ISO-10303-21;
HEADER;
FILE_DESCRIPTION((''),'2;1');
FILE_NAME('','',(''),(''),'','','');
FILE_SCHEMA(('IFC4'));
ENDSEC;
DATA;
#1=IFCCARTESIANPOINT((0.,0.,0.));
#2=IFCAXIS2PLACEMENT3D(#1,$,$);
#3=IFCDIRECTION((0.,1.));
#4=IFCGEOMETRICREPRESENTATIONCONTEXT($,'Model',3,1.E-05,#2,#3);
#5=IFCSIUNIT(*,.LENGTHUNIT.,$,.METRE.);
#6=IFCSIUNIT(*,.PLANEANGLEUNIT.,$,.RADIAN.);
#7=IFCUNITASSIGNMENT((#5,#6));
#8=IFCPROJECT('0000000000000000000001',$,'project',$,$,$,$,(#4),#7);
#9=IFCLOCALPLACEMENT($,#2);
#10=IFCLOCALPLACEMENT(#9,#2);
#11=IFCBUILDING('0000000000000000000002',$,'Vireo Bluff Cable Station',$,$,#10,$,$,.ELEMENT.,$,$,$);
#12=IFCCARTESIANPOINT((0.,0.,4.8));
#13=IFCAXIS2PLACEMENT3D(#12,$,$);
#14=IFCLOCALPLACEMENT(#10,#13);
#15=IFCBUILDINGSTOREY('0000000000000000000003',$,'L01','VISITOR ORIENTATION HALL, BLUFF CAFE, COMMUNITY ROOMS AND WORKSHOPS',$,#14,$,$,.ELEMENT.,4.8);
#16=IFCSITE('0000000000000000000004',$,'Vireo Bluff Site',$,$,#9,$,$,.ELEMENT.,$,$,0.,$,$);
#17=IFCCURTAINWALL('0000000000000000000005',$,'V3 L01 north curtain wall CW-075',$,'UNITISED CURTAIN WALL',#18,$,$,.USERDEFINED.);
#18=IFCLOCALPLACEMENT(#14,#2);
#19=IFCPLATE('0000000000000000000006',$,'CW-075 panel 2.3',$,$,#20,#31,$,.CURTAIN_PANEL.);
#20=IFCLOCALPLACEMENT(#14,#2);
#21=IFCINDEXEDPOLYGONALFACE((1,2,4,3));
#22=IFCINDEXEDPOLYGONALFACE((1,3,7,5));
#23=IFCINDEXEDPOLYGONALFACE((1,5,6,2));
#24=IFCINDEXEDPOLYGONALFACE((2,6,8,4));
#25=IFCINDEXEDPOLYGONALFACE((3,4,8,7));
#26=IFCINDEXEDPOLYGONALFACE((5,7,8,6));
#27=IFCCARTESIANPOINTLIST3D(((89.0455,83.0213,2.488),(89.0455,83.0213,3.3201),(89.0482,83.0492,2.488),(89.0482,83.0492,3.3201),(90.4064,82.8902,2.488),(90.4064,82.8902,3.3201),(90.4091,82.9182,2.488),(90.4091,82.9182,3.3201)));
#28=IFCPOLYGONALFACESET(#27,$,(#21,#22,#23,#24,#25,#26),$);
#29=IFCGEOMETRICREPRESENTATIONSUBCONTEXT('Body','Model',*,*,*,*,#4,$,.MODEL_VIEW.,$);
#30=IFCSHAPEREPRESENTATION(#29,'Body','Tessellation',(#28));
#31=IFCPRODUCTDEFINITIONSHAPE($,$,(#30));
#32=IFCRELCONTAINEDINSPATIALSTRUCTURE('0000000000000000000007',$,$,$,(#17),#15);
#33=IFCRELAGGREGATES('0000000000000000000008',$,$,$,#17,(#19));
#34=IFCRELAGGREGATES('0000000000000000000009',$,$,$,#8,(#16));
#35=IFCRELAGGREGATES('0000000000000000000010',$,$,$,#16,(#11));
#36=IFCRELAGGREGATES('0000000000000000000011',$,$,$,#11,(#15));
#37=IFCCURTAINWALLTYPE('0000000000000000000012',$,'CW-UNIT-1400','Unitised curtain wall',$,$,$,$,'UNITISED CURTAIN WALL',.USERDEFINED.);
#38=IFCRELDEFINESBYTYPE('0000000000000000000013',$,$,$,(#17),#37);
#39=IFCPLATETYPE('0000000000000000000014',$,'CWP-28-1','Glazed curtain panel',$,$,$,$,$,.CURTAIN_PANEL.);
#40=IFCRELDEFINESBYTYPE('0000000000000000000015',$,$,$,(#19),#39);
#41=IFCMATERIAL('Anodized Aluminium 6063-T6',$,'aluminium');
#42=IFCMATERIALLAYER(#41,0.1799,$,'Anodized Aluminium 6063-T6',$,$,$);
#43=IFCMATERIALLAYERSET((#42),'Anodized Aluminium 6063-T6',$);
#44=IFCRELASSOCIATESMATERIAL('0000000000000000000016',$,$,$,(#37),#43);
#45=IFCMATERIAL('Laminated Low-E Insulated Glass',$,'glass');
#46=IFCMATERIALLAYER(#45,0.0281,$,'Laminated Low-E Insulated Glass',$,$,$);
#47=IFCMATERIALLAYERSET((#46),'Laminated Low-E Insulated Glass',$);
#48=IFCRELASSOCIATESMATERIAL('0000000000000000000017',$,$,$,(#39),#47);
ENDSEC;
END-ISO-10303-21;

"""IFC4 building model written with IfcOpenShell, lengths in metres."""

from ifc_helpers import new_model, si_unit, direction, frame, origin, origin_2d, place, context, subcontext, project, spatial, rectangle, extrude, material, layer, layer_set, type_object, element, aggregate, save


model = new_model("IFC4")

# Units and contexts
model_context = context("Model", 3, precision=1e-05, world=origin(), true_north=direction((0.0, 1.0)))
body_context = subcontext(model_context, "Body", "Model", "MODEL_VIEW")
ifc_project = project(units=[si_unit("LENGTHUNIT", "METRE"), si_unit("PLANEANGLEUNIT", "RADIAN")], contexts=[model_context])

# Site, building, storey
site_placement = place(None, origin())
site = spatial("IfcSite", under=ifc_project, at=site_placement, Name="Vireo Bluff Site", CompositionType="ELEMENT", RefElevation=0.0)
building_placement = place(site_placement, origin())
building = spatial("IfcBuilding", under=site, at=building_placement, Name="Vireo Bluff Cable Station", CompositionType="ELEMENT")
storey_placement = place(building_placement, frame((0.0, 0.0, 4.8)))
storey = spatial("IfcBuildingStorey", under=building, at=storey_placement, Name="L01", Description="VISITOR ORIENTATION HALL, BLUFF CAFE, COMMUNITY ROOMS AND WORKSHOPS", CompositionType="ELEMENT", Elevation=4.8)

# Shared definitions
ifc_material_1 = material(Name="Anodized Aluminium 6063-T6", Category="aluminium")

# Curtain wall
ifc_layer_1 = layer(ifc_material_1, 0.1799, Name="Anodized Aluminium 6063-T6")
ifc_layer_set_1 = layer_set([ifc_layer_1], Name="Anodized Aluminium 6063-T6")
curtain_wall_type_1 = type_object("IfcCurtainWallType", Name="CW-UNIT-1400", Description="Unitised curtain wall", ElementType="UNITISED CURTAIN WALL", PredefinedType="USERDEFINED", material=ifc_layer_set_1)
curtain_wall_1_placement = place(storey_placement, origin())
curtain_wall_1 = element("IfcCurtainWall", 1, at=curtain_wall_1_placement, inside=storey, type_object=curtain_wall_type_1, Name="V3 L01 north curtain wall CW-075", ObjectType="UNITISED CURTAIN WALL", PredefinedType="USERDEFINED")

# Plate
ifc_material_2 = material(Name="Laminated Low-E Insulated Glass", Category="glass")
ifc_layer_2 = layer(ifc_material_2, 0.0281, Name="Laminated Low-E Insulated Glass")
ifc_layer_set_2 = layer_set([ifc_layer_2], Name="Laminated Low-E Insulated Glass")
plate_type = type_object("IfcPlateType", Name="CWP-28-1", Description="Glazed curtain panel", PredefinedType="CURTAIN_PANEL", material=ifc_layer_set_2)
plate_1_placement = place(storey_placement, frame((89.7273, 82.9697, 2.488), z_axis=(0.0, 0.0, 1.0), x_axis=(0.995396, -0.095846, 0.0)))
plate_1 = element("IfcPlate", 2, at=plate_1_placement, type_object=plate_type, Name="CW-075 panel 2.3", PredefinedType="CURTAIN_PANEL", context=body_context, shape_type="SweptSolid", body=[
    extrude(rectangle(XDim=1.3672, YDim=0.0281, at=origin_2d()), origin(), (0.0, 0.0, 1.0), 0.832),
])
aggregate(curtain_wall_1, [plate_1])

save(model, "model.ifc")
